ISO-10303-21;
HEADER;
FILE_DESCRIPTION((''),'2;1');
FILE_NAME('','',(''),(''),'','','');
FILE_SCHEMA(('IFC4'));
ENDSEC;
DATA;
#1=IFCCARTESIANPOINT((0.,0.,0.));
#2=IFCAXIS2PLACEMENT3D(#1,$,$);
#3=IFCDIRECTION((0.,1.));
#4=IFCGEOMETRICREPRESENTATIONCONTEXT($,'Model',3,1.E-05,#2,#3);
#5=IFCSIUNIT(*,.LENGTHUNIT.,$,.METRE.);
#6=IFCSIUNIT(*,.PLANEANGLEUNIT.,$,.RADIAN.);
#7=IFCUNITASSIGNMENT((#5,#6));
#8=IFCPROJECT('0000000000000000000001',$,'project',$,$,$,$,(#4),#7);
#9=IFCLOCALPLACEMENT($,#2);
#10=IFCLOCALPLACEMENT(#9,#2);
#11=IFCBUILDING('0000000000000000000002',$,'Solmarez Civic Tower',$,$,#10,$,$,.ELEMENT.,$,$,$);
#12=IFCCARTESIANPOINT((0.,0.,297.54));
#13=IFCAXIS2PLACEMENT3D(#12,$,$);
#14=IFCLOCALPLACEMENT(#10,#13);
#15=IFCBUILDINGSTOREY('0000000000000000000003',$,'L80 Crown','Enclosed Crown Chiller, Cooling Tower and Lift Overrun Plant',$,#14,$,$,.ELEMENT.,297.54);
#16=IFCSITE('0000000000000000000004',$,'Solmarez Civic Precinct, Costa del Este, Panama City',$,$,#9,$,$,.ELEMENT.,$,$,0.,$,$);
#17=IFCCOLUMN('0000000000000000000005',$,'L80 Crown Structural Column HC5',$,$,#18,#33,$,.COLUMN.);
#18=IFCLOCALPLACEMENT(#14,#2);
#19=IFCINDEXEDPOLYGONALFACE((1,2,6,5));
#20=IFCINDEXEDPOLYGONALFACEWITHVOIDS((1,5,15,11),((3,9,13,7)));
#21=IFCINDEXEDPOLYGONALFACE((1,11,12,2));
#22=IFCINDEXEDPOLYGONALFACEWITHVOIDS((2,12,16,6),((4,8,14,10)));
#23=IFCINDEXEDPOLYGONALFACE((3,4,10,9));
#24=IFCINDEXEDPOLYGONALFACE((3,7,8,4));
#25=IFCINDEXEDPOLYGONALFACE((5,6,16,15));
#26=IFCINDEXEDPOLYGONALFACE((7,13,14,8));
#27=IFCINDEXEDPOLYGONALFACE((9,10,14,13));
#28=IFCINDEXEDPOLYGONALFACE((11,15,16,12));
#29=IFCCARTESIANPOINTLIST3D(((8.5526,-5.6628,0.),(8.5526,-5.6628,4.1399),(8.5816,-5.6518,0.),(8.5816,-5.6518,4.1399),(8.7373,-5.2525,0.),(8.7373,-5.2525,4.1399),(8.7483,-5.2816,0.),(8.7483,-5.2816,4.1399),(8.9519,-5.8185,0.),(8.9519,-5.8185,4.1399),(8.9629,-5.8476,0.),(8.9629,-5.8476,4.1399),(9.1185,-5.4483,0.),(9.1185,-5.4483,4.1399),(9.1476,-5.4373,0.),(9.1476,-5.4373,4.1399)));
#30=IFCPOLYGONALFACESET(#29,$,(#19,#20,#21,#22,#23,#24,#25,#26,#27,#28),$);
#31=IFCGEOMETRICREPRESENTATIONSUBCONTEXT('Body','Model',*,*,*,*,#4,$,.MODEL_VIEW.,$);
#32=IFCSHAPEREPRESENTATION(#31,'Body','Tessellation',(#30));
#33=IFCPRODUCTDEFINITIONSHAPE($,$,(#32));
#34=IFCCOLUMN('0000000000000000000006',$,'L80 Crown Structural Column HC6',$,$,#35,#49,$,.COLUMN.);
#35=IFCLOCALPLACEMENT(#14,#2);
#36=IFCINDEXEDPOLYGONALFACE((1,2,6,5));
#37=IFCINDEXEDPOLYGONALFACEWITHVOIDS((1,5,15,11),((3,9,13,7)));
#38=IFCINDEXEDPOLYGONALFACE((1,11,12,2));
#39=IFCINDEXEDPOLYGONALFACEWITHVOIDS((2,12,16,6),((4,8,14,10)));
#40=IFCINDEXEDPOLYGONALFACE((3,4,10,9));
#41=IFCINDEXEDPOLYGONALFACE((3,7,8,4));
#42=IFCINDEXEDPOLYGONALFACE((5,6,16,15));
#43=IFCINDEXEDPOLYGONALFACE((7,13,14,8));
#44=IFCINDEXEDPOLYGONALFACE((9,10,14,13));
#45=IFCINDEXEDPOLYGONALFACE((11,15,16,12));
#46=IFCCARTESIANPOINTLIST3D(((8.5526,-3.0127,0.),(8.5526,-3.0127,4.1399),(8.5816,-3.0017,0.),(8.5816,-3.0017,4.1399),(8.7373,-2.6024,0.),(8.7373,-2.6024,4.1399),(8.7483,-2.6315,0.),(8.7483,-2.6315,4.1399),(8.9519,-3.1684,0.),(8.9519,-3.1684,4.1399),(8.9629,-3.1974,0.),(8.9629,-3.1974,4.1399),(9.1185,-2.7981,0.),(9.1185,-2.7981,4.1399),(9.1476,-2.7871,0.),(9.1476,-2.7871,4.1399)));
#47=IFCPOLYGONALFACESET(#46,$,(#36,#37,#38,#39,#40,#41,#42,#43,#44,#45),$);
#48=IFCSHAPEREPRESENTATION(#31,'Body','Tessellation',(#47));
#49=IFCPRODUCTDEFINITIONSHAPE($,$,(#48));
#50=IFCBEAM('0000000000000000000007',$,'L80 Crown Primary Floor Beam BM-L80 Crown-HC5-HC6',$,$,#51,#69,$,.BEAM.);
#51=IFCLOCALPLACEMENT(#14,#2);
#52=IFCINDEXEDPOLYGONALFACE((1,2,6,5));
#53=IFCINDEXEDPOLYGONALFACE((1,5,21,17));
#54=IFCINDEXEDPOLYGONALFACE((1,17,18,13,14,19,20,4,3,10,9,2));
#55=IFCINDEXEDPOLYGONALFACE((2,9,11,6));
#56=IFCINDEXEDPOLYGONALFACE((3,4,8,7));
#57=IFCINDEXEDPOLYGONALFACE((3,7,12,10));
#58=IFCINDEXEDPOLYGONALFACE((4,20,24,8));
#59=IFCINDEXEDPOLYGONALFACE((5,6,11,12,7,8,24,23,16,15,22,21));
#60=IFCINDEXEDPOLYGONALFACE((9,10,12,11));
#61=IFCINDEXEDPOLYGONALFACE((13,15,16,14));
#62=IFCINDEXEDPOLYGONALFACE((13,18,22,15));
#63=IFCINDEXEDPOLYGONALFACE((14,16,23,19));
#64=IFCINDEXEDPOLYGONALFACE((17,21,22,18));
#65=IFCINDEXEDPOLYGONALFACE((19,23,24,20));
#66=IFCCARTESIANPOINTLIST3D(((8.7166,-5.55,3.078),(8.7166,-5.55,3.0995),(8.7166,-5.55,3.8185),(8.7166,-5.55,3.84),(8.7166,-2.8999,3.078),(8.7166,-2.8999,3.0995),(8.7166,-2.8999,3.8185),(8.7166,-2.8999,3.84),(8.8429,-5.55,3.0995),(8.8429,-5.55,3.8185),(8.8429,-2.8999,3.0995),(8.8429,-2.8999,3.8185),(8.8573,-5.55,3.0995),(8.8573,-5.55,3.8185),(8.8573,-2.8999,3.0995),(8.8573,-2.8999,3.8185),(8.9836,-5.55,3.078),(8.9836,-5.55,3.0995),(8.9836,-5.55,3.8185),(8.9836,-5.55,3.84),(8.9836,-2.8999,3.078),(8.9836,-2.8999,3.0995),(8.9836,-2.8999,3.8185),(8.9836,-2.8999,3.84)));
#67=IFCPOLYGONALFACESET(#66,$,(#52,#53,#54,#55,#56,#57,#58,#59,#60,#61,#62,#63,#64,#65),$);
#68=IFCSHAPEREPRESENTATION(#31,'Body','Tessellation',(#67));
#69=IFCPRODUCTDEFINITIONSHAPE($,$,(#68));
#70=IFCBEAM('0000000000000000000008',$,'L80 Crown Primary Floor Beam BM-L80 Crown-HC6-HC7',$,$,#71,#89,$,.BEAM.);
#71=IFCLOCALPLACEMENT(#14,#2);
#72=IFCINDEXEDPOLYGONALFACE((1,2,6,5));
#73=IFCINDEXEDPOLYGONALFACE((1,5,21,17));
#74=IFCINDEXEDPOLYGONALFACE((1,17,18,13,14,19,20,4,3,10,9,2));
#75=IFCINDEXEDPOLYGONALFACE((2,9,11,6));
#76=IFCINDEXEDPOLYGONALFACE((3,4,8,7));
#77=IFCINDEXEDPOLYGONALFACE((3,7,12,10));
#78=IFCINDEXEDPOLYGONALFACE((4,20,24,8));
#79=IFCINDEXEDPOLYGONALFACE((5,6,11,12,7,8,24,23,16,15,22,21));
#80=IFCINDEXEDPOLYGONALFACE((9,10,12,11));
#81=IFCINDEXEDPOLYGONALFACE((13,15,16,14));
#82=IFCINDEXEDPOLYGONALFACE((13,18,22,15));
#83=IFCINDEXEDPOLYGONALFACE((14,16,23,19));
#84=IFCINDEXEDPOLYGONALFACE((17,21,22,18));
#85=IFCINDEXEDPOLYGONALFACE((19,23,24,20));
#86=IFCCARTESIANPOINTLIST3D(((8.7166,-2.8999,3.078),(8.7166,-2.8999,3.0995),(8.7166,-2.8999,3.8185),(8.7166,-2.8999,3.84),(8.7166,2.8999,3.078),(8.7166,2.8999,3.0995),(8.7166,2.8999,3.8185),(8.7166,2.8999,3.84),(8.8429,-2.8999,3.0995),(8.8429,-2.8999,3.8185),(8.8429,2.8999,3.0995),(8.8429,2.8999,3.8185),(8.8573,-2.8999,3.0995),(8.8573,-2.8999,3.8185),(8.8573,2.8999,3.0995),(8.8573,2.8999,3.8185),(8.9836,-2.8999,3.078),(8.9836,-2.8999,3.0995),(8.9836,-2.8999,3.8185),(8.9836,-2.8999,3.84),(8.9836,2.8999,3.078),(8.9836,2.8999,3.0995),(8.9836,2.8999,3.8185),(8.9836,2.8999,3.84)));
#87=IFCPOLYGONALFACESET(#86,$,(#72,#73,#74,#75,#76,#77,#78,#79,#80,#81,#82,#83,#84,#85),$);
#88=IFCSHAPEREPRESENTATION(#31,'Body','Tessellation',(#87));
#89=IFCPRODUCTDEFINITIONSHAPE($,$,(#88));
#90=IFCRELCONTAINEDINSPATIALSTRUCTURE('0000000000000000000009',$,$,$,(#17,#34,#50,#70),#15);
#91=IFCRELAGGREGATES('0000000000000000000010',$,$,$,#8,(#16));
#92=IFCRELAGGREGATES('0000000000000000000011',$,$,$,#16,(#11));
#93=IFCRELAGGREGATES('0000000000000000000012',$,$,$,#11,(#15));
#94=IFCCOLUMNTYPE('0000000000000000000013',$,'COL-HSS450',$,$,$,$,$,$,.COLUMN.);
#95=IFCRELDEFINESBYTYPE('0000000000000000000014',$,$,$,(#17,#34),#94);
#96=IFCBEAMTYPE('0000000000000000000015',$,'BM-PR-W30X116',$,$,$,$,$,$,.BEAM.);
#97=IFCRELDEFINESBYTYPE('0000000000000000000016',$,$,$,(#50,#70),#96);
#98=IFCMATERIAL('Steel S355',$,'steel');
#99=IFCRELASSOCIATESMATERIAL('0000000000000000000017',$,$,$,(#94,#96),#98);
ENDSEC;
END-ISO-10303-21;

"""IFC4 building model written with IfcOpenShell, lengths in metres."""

from ifc_helpers import new_model, si_unit, direction, frame, origin, origin_2d, place, context, subcontext, project, spatial, hollow_rectangle, i_section, extrude, material, material_profile, profile_set, type_object, element, save


model = new_model("IFC4")

# Units and contexts
model_context = context("Model", 3, precision=1e-05, world=origin(), true_north=direction((0.0, 1.0)))
body_context = subcontext(model_context, "Body", "Model", "MODEL_VIEW")
ifc_project = project(units=[si_unit("LENGTHUNIT", "METRE"), si_unit("PLANEANGLEUNIT", "RADIAN")], contexts=[model_context])

# Site, building, storey
site_placement = place(None, origin())
site = spatial("IfcSite", under=ifc_project, at=site_placement, Name="Solmarez Civic Precinct, Costa del Este, Panama City", CompositionType="ELEMENT", RefElevation=0.0)
building_placement = place(site_placement, origin())
building = spatial("IfcBuilding", under=site, at=building_placement, Name="Solmarez Civic Tower", CompositionType="ELEMENT")
storey_placement = place(building_placement, frame((0.0, 0.0, 297.54)))
storey = spatial("IfcBuildingStorey", under=building, at=storey_placement, Name="L80 Crown", Description="Enclosed Crown Chiller, Cooling Tower and Lift Overrun Plant", CompositionType="ELEMENT", Elevation=297.54)

# Columns
ifc_material_1 = material(Name="Steel S355", Category="steel")
ifc_material_profile_1 = material_profile(ifc_material_1, hollow_rectangle(XDim=0.45, YDim=0.45, WallThickness=0.022, at=origin_2d()), Name="HSS450X450X22")
ifc_profile_set_1 = profile_set([ifc_material_profile_1], Name="Steel S355")
column_type = type_object("IfcColumnType", Name="COL-HSS450", PredefinedType="COLUMN", material=ifc_profile_set_1)
for number, where, z_axis, x_axis, name in (
    (1, (8.8501, -5.55, 0.0), (0.0, 0.0, 1.0), (0.41056, 0.911834, 0.0), "L80 Crown Structural Column HC5"),
    (2, (8.8501, -2.8999, 0.0), (0.0, 0.0, 1.0), (0.41056, 0.911834, 0.0), "L80 Crown Structural Column HC6"),
):
    element("IfcColumn", number, at=place(storey_placement, frame(where, z_axis=z_axis, x_axis=x_axis)), inside=storey, type_object=column_type, Name=name, PredefinedType="COLUMN", context=body_context, shape_type="SweptSolid", body=[
        extrude(hollow_rectangle(XDim=0.45, YDim=0.45, WallThickness=0.022, at=origin_2d()), origin(), (0.0, 0.0, 1.0), 4.1399),
    ])

# Beams
ifc_material_profile_2 = material_profile(ifc_material_1, i_section(OverallWidth=0.2671, OverallDepth=0.762, WebThickness=0.0144, FlangeThickness=0.0215, at=origin_2d()), Name="W30X116")
ifc_profile_set_2 = profile_set([ifc_material_profile_2], Name="Steel S355")
beam_type = type_object("IfcBeamType", Name="BM-PR-W30X116", PredefinedType="BEAM", material=ifc_profile_set_2)
beam_1_placement = place(storey_placement, frame((8.8501, -5.55, 3.459), z_axis=(0.0, 1.0, 0.0), x_axis=(-1.0, 0.0, 0.0)))
element("IfcBeam", 3, at=beam_1_placement, inside=storey, type_object=beam_type, Name="L80 Crown Primary Floor Beam BM-L80 Crown-HC5-HC6", PredefinedType="BEAM", context=body_context, shape_type="SweptSolid", body=[
    extrude(i_section(OverallWidth=0.2671, OverallDepth=0.762, WebThickness=0.0144, FlangeThickness=0.0215, at=origin_2d()), origin(), (0.0, 0.0, 1.0), 2.6501),
])
beam_2_placement = place(storey_placement, frame((8.8501, -2.8999, 3.459), z_axis=(0.0, 1.0, 0.0), x_axis=(-1.0, 0.0, 0.0)))
element("IfcBeam", 4, at=beam_2_placement, inside=storey, type_object=beam_type, Name="L80 Crown Primary Floor Beam BM-L80 Crown-HC6-HC7", PredefinedType="BEAM", context=body_context, shape_type="SweptSolid", body=[
    extrude(i_section(OverallWidth=0.2671, OverallDepth=0.762, WebThickness=0.0144, FlangeThickness=0.0215, at=origin_2d()), origin(), (0.0, 0.0, 1.0), 5.7998),
])

save(model, "model.ifc")
